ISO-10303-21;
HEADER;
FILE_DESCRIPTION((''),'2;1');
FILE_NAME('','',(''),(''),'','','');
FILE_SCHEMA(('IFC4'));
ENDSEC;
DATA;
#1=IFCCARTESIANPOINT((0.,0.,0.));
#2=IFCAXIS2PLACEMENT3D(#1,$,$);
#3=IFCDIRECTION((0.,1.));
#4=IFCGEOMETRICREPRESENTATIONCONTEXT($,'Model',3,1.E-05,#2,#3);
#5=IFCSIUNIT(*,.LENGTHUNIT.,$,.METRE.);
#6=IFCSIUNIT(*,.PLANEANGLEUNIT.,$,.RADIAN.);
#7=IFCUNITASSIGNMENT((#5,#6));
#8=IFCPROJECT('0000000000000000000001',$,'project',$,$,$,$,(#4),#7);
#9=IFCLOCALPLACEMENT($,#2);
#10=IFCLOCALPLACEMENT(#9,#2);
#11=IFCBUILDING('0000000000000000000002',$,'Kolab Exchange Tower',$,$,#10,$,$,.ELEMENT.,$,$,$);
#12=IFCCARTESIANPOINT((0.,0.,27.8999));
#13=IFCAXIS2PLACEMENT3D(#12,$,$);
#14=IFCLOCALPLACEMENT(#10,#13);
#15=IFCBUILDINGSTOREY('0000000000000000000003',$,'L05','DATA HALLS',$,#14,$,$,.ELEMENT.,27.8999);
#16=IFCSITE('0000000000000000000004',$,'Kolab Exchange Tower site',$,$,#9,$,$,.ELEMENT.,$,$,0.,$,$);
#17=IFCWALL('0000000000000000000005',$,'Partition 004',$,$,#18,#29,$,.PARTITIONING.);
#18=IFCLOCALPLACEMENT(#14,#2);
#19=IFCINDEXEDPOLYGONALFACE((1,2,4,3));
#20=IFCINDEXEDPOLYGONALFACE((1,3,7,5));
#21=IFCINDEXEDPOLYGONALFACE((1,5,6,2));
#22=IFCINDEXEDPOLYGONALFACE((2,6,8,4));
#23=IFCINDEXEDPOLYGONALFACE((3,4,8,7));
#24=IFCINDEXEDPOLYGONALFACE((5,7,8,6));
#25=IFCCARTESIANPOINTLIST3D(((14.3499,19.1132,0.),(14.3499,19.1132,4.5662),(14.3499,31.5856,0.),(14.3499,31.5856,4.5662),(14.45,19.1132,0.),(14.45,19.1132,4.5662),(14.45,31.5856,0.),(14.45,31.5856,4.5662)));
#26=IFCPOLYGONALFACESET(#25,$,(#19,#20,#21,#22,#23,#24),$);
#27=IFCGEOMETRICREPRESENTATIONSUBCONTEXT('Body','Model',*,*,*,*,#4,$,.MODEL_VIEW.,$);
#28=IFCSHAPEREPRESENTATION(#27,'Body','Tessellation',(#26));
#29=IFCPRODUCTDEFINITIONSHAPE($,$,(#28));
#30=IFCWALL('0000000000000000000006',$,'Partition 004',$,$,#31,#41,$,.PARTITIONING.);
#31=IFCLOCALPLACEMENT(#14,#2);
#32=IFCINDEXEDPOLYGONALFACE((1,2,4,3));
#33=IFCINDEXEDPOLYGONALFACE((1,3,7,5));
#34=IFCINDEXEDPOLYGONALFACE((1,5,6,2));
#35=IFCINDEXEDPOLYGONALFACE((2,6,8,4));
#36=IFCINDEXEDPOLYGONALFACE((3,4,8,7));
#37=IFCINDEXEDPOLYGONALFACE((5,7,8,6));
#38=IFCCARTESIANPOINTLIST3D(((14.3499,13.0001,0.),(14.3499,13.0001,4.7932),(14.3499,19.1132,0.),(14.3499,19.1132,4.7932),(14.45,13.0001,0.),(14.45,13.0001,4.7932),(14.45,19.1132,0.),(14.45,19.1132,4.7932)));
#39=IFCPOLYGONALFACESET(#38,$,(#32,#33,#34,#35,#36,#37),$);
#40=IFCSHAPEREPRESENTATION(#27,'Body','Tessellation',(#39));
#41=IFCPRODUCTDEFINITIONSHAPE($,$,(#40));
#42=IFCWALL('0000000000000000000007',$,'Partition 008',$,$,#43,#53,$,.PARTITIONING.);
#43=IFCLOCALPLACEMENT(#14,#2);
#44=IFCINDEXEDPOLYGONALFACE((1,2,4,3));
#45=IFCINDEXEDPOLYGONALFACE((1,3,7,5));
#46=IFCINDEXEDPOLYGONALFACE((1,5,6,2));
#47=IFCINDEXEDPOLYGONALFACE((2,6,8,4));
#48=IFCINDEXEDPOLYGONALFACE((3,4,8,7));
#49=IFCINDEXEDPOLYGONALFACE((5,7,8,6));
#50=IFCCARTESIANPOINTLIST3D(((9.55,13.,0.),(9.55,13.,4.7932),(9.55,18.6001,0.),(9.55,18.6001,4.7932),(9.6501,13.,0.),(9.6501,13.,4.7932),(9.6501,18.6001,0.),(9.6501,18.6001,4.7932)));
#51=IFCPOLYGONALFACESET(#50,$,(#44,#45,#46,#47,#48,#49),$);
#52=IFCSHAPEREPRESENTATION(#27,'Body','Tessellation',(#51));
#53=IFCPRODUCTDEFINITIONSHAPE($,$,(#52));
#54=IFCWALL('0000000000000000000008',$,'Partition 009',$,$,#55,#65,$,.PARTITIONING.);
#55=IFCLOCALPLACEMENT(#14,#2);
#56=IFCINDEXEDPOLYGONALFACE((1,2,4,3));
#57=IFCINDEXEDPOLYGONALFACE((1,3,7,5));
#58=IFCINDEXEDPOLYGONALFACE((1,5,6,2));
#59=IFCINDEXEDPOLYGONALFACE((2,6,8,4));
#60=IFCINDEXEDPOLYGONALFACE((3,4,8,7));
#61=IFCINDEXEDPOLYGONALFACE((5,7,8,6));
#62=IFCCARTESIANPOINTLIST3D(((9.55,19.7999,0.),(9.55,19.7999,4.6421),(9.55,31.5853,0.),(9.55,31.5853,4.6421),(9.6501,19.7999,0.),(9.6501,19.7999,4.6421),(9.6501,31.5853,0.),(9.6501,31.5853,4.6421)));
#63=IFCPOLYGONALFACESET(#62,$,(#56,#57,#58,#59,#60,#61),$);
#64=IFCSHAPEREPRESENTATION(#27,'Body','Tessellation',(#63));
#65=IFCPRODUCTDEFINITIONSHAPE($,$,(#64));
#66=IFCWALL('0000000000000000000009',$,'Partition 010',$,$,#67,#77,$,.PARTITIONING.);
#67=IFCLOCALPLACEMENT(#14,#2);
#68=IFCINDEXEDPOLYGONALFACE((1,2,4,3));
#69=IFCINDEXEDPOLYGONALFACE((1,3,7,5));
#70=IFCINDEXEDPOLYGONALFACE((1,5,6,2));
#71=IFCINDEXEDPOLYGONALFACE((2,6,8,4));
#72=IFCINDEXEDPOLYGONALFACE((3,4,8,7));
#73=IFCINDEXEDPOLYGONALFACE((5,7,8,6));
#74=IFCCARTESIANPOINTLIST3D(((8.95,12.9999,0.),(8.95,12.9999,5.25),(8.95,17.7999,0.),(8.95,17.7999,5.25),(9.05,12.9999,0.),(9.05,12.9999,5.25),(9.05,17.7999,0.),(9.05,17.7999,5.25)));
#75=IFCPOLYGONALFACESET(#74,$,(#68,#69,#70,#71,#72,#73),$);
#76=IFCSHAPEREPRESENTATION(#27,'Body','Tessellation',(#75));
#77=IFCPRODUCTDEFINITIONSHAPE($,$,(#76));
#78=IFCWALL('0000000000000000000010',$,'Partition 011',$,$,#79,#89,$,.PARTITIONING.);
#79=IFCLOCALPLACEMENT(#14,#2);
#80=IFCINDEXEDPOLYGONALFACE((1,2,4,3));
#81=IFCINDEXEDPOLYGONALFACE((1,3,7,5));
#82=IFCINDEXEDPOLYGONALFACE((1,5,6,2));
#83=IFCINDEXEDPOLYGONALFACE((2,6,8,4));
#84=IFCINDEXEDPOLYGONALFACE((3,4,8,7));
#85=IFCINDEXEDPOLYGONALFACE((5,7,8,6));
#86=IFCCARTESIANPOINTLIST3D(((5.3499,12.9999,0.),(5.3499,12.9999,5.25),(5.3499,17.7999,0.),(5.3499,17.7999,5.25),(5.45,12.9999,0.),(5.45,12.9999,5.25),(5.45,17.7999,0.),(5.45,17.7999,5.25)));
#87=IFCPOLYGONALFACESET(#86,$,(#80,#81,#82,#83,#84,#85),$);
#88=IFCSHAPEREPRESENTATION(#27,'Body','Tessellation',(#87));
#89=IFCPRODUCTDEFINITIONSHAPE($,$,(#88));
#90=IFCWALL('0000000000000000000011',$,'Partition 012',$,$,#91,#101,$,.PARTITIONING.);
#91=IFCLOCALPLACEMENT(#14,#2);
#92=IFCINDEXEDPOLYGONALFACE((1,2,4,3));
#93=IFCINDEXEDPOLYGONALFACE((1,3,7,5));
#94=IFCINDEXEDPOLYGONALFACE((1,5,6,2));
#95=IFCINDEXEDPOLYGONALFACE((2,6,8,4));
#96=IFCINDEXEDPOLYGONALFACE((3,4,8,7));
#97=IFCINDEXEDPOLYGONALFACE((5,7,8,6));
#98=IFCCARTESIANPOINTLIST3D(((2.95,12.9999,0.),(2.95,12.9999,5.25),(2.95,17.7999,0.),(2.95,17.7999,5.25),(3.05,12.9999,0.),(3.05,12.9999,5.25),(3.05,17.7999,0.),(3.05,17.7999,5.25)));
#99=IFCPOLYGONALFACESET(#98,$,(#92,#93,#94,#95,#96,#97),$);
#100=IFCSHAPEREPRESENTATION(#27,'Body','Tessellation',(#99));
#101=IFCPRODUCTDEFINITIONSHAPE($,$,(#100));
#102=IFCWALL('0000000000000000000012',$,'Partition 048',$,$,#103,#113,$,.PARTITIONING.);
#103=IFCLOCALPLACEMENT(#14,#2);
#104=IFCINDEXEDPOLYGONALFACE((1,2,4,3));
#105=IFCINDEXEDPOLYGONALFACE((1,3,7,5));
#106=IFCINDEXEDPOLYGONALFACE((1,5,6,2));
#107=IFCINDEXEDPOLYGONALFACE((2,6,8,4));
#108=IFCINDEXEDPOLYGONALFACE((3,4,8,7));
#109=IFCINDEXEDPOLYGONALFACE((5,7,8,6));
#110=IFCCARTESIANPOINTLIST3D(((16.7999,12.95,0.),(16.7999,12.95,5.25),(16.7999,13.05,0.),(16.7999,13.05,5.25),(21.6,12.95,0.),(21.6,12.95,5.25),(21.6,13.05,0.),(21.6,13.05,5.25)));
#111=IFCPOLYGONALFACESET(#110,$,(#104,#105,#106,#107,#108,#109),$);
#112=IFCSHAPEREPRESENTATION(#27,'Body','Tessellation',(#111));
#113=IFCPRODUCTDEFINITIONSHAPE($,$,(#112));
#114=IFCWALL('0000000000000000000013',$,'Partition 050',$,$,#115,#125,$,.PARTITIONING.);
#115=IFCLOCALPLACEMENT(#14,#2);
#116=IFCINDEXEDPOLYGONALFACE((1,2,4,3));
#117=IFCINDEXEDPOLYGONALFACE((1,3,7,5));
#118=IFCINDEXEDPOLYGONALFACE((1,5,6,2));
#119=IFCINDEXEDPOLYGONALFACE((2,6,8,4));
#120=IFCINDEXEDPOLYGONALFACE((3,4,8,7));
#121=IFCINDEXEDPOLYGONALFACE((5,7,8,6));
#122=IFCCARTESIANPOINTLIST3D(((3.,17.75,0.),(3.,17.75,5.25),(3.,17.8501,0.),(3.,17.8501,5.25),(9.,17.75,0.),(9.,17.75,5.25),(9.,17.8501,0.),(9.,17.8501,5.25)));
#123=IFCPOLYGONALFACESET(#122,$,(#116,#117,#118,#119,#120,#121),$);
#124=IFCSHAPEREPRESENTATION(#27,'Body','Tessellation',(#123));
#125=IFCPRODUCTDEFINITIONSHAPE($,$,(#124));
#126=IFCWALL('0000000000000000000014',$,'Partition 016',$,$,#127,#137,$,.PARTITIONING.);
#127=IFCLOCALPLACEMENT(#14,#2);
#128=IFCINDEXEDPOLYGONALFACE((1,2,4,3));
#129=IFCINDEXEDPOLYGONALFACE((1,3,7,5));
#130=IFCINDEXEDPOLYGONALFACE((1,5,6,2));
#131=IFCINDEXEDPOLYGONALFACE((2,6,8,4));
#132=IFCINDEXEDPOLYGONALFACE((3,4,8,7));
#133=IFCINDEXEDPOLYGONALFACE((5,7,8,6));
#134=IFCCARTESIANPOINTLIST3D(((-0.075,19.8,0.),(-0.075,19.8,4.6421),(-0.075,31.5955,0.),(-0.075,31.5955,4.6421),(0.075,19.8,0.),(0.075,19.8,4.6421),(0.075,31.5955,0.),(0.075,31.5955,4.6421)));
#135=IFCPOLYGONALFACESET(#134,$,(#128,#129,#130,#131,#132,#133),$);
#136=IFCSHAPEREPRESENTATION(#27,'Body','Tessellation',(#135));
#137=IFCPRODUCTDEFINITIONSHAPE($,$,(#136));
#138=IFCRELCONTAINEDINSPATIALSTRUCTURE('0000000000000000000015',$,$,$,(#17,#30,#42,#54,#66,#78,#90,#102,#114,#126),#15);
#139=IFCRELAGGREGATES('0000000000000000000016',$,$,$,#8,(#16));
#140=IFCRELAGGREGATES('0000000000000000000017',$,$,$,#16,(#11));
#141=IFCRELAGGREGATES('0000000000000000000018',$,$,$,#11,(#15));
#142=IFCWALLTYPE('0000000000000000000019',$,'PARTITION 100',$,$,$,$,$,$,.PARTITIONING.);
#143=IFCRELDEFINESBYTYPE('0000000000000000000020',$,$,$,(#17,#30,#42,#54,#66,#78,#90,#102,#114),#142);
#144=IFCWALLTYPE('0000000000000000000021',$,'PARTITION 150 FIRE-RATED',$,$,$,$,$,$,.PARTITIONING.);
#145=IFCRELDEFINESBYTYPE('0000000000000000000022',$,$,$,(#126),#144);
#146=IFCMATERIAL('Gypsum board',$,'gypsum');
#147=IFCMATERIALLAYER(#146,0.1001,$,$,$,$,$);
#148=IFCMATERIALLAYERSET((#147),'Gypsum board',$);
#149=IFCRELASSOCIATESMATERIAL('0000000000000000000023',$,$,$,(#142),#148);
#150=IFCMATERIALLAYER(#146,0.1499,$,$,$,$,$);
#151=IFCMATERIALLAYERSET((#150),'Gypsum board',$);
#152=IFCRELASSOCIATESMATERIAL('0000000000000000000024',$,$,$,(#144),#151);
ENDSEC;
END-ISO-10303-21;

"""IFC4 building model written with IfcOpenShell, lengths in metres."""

from ifc_helpers import new_model, si_unit, direction, frame, frame_2d, origin, place, context, subcontext, project, spatial, rectangle, extrude, material, layer, layer_set, type_object, element, save


model = new_model("IFC4")

# Units and contexts
model_context = context("Model", 3, precision=1e-05, world=origin(), true_north=direction((0.0, 1.0)))
body_context = subcontext(model_context, "Body", "Model", "MODEL_VIEW")
ifc_project = project(units=[si_unit("LENGTHUNIT", "METRE"), si_unit("PLANEANGLEUNIT", "RADIAN")], contexts=[model_context])

# Site, building, storey
site_placement = place(None, origin())
site = spatial("IfcSite", under=ifc_project, at=site_placement, Name="Kolab Exchange Tower site", CompositionType="ELEMENT", RefElevation=0.0)
building_placement = place(site_placement, origin())
building = spatial("IfcBuilding", under=site, at=building_placement, Name="Kolab Exchange Tower", CompositionType="ELEMENT")
storey_placement = place(building_placement, frame((0.0, 0.0, 27.8999)))
storey = spatial("IfcBuildingStorey", under=building, at=storey_placement, Name="L05", Description="DATA HALLS", CompositionType="ELEMENT", Elevation=27.8999)

# Walls
ifc_material_1 = material(Name="Gypsum board", Category="gypsum")
ifc_layer_1 = layer(ifc_material_1, 0.1001)
ifc_layer_set_1 = layer_set([ifc_layer_1], Name="Gypsum board")
wall_type_1 = type_object("IfcWallType", Name="PARTITION 100", PredefinedType="PARTITIONING", material=ifc_layer_set_1)
wall_1_placement = place(storey_placement, frame((14.3999, 19.113, 0.0), z_axis=(0.0, 0.0, 1.0), x_axis=(0.0, 1.0, 0.0)))
element("IfcWall", 1, at=wall_1_placement, inside=storey, type_object=wall_type_1, Name="Partition 004", PredefinedType="PARTITIONING", context=body_context, shape_type="SweptSolid", body=[
    extrude(rectangle(XDim=12.4724, YDim=0.1001, at=frame_2d((6.2363, 0.0))), origin(), (0.0, 0.0, 1.0), 4.5662),
])
wall_2_placement = place(storey_placement, frame((14.3999, 13.0, 0.0), z_axis=(0.0, 0.0, 1.0), x_axis=(0.0, 1.0, 0.0)))
element("IfcWall", 2, at=wall_2_placement, inside=storey, type_object=wall_type_1, Name="Partition 004", PredefinedType="PARTITIONING", context=body_context, shape_type="SweptSolid", body=[
    extrude(rectangle(XDim=6.113, YDim=0.1001, at=frame_2d((3.0566, 0.0))), origin(), (0.0, 0.0, 1.0), 4.7932),
])
wall_3_placement = place(storey_placement, frame((9.6001, 13.0, 0.0), z_axis=(0.0, 0.0, 1.0), x_axis=(0.0, 1.0, 0.0)))
element("IfcWall", 3, at=wall_3_placement, inside=storey, type_object=wall_type_1, Name="Partition 008", PredefinedType="PARTITIONING", context=body_context, shape_type="SweptSolid", body=[
    extrude(rectangle(XDim=5.6001, YDim=0.1001, at=frame_2d((2.8, 0.0))), origin(), (0.0, 0.0, 1.0), 4.7932),
])
wall_4_placement = place(storey_placement, frame((9.6001, 19.8, 0.0), z_axis=(0.0, 0.0, 1.0), x_axis=(0.0, 1.0, 0.0)))
element("IfcWall", 4, at=wall_4_placement, inside=storey, type_object=wall_type_1, Name="Partition 009", PredefinedType="PARTITIONING", context=body_context, shape_type="SweptSolid", body=[
    extrude(rectangle(XDim=11.7854, YDim=0.1001, at=frame_2d((5.8926, 0.0))), origin(), (0.0, 0.0, 1.0), 4.6421),
])
for number, where, z_axis, x_axis, name in (
    (5, (9.0, 13.0, 0.0), (0.0, 0.0, 1.0), (0.0, 1.0, 0.0), "Partition 010"),
    (6, (5.3999, 13.0, 0.0), (0.0, 0.0, 1.0), (0.0, 1.0, 0.0), "Partition 011"),
    (7, (3.0, 13.0, 0.0), (0.0, 0.0, 1.0), (0.0, 1.0, 0.0), "Partition 012"),
    (8, (16.8, 13.0, 0.0), (0.0, 0.0, 1.0), (1.0, 0.0, 0.0), "Partition 048"),
):
    element("IfcWall", number, at=place(storey_placement, frame(where, z_axis=z_axis, x_axis=x_axis)), inside=storey, type_object=wall_type_1, Name=name, PredefinedType="PARTITIONING", context=body_context, shape_type="SweptSolid", body=[
        extrude(rectangle(XDim=4.8, YDim=0.1001, at=frame_2d((2.3999, 0.0))), origin(), (0.0, 0.0, 1.0), 5.25),
    ])
wall_5_placement = place(storey_placement, frame((3.0, 17.8, 0.0), z_axis=(0.0, 0.0, 1.0), x_axis=(1.0, 0.0, 0.0)))
element("IfcWall", 9, at=wall_5_placement, inside=storey, type_object=wall_type_1, Name="Partition 050", PredefinedType="PARTITIONING", context=body_context, shape_type="SweptSolid", body=[
    extrude(rectangle(XDim=6.0, YDim=0.1001, at=frame_2d((3.0, 0.0))), origin(), (0.0, 0.0, 1.0), 5.25),
])
ifc_layer_2 = layer(ifc_material_1, 0.1499)
ifc_layer_set_2 = layer_set([ifc_layer_2], Name="Gypsum board")
wall_type_2 = type_object("IfcWallType", Name="PARTITION 150 FIRE-RATED", PredefinedType="PARTITIONING", material=ifc_layer_set_2)
wall_6_placement = place(storey_placement, frame((0.0, 19.8, 0.0), z_axis=(0.0, 0.0, 1.0), x_axis=(0.0, 1.0, 0.0)))
element("IfcWall", 10, at=wall_6_placement, inside=storey, type_object=wall_type_2, Name="Partition 016", PredefinedType="PARTITIONING", context=body_context, shape_type="SweptSolid", body=[
    extrude(rectangle(XDim=11.7954, YDim=0.1499, at=frame_2d((5.8977, 0.0))), origin(), (0.0, 0.0, 1.0), 4.6421),
])

save(model, "model.ifc")
